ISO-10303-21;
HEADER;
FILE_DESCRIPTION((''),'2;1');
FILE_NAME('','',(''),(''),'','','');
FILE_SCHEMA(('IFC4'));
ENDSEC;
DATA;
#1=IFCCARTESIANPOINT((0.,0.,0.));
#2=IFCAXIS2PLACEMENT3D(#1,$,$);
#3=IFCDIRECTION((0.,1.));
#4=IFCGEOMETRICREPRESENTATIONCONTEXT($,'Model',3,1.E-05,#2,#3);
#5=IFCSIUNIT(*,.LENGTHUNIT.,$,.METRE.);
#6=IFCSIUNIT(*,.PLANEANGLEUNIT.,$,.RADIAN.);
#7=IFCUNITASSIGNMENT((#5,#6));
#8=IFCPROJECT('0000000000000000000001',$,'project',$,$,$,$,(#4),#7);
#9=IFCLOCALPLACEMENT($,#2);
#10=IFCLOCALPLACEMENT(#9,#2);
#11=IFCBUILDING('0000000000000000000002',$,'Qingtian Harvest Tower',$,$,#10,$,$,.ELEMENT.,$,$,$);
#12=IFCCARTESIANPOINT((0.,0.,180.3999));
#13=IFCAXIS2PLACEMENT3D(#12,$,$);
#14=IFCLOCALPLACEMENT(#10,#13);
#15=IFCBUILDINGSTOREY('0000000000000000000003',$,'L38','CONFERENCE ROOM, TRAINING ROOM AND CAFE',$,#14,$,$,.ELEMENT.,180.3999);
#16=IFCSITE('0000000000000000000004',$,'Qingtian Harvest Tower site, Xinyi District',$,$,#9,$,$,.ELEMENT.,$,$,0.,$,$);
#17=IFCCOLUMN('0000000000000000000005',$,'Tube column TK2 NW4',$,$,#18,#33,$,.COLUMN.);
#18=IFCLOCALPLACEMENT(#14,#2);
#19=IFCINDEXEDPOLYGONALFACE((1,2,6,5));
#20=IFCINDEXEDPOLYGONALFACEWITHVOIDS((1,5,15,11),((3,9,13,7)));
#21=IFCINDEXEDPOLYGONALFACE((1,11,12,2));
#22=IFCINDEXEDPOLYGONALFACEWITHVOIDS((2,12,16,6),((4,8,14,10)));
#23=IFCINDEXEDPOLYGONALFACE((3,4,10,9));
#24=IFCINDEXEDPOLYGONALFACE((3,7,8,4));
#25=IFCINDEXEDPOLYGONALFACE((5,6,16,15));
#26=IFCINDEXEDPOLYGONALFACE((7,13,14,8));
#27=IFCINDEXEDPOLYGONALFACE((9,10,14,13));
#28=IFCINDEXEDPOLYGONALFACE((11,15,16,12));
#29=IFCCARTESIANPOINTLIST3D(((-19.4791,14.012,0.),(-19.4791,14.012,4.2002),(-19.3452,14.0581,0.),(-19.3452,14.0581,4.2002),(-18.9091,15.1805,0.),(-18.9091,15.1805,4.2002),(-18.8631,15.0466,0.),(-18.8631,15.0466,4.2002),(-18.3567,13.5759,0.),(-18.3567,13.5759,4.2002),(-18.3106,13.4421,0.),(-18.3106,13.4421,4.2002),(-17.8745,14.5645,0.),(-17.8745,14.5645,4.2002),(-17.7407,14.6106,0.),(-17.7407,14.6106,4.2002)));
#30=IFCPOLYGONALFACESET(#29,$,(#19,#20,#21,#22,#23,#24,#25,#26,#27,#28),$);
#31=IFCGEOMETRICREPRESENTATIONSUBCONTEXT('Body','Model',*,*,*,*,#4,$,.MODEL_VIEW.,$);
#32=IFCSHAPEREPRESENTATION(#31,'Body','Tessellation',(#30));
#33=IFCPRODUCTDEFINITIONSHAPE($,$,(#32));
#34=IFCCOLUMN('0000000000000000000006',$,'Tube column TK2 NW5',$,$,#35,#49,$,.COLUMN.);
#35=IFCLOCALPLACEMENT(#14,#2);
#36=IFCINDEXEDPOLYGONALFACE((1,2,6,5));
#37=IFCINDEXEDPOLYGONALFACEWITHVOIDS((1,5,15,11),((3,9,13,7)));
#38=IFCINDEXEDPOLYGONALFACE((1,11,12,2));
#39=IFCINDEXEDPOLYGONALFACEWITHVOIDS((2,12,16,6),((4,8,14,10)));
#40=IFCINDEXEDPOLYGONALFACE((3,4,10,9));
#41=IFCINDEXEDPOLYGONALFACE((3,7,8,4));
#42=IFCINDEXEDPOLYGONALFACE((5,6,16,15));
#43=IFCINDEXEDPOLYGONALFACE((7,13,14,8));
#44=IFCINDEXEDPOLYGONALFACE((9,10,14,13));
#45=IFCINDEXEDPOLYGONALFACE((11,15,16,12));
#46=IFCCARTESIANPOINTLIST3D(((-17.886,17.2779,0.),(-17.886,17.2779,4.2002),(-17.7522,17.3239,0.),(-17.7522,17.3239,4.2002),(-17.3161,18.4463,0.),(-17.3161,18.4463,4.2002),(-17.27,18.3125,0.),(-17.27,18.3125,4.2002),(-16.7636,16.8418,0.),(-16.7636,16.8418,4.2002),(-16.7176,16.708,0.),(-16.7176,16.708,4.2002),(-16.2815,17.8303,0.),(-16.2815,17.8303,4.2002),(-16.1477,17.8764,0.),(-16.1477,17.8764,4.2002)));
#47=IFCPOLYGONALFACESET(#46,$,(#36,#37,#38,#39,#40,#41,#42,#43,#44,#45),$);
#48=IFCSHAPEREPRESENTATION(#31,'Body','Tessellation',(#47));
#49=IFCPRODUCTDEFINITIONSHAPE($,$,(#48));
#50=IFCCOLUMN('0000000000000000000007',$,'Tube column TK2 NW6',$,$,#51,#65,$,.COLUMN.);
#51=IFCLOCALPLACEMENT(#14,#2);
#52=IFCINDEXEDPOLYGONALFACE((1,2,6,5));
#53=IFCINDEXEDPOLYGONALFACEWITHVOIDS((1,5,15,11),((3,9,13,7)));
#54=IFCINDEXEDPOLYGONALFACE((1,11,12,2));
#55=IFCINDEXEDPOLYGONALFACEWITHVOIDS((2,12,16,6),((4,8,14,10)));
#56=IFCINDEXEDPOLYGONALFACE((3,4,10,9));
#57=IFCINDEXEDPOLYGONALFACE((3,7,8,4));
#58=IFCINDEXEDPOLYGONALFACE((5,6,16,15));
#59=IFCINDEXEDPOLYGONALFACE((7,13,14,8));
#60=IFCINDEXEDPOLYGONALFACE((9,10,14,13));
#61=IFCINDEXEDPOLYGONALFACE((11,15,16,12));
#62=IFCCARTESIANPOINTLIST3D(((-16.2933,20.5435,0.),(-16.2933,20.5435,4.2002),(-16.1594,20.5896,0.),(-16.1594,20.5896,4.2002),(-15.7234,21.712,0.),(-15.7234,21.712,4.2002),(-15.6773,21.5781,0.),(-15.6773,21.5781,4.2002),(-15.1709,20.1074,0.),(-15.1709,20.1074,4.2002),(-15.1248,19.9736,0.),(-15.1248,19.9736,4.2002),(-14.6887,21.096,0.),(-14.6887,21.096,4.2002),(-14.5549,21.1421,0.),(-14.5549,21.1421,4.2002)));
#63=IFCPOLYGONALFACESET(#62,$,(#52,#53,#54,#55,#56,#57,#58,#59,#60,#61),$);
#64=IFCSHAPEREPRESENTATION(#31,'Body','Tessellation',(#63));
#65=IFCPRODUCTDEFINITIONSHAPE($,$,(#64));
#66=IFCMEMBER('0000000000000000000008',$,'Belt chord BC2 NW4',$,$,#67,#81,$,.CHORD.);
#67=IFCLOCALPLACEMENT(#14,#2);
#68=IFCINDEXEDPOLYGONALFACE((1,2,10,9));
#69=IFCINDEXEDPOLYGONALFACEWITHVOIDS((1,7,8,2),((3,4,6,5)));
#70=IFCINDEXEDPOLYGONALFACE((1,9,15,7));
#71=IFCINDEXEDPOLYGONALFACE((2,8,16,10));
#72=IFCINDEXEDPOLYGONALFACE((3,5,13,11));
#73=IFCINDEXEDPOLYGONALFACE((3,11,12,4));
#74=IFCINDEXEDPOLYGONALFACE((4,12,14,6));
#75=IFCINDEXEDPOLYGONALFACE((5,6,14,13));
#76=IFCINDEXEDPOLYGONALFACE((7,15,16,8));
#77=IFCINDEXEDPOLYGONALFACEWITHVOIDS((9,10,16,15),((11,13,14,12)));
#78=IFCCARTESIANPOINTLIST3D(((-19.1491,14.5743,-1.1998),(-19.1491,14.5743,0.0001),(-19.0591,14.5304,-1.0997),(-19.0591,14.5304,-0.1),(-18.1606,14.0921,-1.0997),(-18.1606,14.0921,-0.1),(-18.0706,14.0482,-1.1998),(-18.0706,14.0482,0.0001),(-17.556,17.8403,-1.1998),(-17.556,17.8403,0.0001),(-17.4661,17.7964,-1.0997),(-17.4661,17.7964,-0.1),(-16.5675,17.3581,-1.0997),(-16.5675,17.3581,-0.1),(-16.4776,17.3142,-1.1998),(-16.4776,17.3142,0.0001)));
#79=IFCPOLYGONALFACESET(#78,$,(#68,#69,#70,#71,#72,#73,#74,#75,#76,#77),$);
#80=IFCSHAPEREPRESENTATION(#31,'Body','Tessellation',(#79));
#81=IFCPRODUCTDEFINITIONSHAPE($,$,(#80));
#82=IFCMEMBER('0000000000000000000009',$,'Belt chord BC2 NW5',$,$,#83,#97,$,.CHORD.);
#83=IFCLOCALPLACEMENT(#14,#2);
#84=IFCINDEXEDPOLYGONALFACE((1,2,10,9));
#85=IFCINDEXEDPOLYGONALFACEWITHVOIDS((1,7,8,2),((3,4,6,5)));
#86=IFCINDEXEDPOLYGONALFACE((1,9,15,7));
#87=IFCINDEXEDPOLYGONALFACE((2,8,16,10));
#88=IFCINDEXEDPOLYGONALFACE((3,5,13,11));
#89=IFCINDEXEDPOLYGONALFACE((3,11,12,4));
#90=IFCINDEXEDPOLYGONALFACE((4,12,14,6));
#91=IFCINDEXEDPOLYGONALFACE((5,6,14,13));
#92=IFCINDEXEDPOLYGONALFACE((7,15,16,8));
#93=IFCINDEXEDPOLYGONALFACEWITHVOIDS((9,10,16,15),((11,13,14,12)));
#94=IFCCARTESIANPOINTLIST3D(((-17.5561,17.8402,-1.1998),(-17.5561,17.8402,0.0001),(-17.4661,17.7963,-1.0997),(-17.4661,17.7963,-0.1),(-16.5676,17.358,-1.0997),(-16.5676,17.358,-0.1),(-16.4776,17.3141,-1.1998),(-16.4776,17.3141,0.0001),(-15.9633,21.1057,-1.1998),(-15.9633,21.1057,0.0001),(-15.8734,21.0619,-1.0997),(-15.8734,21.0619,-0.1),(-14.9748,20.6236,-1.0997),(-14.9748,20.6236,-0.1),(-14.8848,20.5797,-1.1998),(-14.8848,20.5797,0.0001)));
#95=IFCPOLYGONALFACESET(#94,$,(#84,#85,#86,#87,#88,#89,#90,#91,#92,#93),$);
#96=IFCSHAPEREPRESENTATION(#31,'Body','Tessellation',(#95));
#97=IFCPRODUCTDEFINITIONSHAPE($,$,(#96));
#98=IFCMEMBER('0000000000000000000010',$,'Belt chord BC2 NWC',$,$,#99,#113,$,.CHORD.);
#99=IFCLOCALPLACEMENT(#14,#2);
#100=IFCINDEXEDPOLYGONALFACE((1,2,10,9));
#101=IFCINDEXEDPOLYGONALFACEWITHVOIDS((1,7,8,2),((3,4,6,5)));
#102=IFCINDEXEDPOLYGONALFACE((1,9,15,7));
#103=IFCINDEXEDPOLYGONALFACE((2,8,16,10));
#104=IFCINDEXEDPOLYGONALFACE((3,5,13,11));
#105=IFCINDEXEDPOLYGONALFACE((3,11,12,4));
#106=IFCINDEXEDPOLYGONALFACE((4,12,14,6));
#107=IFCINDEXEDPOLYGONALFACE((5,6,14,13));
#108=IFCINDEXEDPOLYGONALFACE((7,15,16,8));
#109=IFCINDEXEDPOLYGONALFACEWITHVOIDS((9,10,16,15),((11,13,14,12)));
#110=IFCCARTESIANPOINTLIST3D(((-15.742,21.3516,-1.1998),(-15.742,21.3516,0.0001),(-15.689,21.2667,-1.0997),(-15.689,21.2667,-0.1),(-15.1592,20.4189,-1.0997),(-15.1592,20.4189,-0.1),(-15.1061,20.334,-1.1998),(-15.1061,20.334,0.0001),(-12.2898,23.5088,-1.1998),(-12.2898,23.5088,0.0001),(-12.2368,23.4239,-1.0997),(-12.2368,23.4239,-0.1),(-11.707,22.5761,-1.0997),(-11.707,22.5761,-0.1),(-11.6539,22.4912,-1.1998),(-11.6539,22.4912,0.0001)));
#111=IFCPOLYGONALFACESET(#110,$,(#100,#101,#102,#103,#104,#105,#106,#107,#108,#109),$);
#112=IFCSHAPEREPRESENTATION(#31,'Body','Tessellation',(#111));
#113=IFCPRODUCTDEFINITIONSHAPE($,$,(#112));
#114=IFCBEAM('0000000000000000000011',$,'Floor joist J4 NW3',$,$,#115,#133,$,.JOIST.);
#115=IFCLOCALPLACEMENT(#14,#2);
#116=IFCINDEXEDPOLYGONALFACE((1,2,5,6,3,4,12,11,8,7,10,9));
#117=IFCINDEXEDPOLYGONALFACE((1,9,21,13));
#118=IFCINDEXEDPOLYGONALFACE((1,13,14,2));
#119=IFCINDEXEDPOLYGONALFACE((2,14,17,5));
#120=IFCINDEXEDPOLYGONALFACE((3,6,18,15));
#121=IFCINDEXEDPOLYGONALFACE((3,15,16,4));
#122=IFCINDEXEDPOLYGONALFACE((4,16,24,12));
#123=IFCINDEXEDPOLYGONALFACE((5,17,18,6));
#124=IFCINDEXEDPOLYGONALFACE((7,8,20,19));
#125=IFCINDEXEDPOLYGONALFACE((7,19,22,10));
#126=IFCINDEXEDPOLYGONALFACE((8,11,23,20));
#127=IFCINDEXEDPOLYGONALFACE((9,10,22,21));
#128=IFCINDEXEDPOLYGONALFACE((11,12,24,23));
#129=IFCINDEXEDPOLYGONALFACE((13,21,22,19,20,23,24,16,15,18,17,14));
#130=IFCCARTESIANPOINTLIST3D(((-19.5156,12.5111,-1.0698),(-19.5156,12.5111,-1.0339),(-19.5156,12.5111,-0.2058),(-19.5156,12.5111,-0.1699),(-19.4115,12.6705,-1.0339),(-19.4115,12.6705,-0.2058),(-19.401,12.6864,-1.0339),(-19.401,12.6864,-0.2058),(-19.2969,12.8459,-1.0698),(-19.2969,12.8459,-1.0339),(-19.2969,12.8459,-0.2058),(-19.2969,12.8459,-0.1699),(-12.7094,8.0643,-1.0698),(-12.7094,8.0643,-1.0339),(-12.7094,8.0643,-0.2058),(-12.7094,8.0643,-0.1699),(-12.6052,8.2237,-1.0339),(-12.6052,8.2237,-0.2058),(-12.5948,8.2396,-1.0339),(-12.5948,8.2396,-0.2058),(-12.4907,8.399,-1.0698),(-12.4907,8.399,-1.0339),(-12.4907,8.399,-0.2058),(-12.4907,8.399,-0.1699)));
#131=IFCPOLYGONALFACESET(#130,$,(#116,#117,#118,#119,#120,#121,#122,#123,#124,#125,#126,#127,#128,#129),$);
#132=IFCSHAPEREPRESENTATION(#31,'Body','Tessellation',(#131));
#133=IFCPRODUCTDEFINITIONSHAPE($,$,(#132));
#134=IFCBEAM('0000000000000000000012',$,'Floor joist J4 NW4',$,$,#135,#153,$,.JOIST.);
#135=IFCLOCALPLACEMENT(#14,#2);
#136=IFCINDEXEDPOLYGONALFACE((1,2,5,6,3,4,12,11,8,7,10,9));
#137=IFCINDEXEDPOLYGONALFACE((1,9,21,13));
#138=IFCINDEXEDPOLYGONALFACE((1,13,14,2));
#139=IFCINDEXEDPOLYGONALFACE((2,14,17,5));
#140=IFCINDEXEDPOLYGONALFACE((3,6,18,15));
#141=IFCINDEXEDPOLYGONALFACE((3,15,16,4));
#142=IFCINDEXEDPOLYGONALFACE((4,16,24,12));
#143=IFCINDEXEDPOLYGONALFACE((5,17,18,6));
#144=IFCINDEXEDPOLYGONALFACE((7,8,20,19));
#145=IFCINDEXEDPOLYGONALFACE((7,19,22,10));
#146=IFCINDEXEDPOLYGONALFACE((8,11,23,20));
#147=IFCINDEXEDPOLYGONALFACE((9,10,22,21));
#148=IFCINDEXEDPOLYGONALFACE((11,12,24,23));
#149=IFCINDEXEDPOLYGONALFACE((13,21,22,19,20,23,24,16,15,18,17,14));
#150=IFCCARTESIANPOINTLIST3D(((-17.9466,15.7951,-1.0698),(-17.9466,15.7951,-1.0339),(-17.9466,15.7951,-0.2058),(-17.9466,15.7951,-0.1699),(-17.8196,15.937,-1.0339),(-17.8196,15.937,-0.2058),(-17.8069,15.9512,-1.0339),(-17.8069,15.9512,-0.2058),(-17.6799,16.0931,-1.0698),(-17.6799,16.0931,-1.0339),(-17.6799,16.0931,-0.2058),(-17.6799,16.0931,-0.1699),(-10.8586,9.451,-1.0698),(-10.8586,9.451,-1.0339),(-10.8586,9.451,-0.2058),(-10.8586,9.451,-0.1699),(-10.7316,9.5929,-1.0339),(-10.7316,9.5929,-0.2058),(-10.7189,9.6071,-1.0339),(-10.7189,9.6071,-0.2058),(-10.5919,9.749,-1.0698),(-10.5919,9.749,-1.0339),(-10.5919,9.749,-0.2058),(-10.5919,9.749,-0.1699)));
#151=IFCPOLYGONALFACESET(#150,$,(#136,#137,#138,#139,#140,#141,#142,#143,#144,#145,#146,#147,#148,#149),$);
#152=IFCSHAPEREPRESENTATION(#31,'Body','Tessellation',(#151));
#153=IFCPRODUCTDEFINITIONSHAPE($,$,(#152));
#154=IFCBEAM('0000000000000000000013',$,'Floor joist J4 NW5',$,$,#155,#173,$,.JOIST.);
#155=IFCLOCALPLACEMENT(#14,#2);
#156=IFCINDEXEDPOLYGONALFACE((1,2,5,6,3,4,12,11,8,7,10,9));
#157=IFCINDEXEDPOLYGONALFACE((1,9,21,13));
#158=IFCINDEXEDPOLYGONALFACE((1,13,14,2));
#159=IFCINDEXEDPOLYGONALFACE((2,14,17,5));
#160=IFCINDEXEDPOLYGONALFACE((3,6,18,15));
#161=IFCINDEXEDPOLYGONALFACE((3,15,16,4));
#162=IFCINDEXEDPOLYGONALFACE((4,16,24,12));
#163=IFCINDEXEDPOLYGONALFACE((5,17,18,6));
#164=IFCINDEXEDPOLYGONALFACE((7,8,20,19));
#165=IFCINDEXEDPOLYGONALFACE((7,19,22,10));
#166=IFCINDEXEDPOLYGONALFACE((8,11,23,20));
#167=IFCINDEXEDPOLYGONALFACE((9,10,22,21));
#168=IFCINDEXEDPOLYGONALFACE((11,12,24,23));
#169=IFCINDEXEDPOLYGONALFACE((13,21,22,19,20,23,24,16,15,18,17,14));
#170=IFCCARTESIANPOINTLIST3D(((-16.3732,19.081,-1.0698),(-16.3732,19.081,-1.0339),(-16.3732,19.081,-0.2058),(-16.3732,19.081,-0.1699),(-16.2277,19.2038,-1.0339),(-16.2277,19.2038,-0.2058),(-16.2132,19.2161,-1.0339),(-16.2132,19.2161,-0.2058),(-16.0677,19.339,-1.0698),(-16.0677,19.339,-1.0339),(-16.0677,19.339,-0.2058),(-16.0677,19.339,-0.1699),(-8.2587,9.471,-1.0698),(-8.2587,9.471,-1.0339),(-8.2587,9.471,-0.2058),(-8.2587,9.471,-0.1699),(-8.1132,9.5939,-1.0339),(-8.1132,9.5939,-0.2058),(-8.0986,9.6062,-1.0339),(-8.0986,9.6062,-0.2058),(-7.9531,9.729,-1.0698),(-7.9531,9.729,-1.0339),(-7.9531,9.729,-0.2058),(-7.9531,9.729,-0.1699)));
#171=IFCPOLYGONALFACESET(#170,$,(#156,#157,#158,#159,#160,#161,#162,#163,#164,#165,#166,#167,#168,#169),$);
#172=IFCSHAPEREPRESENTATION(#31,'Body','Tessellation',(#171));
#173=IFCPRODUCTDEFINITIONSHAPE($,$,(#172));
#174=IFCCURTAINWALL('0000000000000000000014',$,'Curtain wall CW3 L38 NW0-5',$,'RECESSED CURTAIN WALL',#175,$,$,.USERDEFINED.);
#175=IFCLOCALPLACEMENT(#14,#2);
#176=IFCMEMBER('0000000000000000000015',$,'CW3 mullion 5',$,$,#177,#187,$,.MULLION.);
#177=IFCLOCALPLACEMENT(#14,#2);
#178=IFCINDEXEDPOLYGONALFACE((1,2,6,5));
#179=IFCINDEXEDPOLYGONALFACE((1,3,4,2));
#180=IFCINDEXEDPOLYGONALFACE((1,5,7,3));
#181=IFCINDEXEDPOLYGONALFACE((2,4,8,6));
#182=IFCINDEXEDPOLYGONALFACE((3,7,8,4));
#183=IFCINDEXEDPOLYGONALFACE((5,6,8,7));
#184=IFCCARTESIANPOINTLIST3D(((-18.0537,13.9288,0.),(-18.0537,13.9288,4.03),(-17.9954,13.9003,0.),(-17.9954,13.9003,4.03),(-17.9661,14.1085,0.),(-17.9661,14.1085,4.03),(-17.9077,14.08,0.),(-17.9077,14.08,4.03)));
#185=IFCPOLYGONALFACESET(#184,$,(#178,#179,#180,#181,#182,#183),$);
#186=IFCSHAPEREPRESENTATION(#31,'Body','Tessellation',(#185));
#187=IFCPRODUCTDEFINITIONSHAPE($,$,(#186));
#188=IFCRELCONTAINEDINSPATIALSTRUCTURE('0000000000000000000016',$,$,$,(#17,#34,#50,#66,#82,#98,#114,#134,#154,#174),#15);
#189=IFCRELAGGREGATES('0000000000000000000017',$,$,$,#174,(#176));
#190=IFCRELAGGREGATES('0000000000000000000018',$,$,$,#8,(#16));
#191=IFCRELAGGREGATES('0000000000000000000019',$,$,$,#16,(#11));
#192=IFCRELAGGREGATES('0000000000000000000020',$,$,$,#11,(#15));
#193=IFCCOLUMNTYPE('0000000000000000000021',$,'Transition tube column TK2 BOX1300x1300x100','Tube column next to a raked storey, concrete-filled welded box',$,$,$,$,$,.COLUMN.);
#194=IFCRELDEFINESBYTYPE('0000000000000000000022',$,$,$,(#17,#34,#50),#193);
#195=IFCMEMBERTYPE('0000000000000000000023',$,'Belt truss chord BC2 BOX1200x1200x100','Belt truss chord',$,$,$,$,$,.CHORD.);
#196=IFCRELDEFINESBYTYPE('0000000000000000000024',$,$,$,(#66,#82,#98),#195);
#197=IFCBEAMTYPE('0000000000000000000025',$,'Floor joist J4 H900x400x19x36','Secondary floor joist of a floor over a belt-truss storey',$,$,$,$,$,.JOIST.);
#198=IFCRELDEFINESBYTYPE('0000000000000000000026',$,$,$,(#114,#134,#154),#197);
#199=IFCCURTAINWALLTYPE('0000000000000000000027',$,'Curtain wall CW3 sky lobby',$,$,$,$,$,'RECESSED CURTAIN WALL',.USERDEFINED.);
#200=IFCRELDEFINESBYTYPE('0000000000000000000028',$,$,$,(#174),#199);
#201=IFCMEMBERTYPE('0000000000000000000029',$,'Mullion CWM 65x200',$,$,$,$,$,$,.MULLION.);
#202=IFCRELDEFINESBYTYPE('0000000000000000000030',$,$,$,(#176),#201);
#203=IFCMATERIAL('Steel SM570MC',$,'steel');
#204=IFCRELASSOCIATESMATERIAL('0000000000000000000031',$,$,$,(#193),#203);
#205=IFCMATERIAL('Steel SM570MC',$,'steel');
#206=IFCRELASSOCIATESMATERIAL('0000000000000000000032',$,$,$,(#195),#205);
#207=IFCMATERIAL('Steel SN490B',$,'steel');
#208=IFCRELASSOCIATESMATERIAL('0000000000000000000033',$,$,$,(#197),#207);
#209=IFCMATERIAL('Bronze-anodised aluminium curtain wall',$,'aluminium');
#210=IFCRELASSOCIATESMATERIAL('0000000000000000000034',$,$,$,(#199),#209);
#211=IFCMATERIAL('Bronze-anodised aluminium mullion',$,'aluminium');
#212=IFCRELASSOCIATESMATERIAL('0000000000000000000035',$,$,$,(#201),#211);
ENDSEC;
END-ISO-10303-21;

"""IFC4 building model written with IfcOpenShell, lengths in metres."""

from ifc_helpers import new_model, si_unit, direction, frame, origin, origin_2d, place, context, subcontext, project, spatial, rectangle, hollow_rectangle, i_section, extrude, material, material_profile, profile_set, type_object, element, aggregate, save


model = new_model("IFC4")

# Units and contexts
model_context = context("Model", 3, precision=1e-05, world=origin(), true_north=direction((0.0, 1.0)))
body_context = subcontext(model_context, "Body", "Model", "MODEL_VIEW")
ifc_project = project(units=[si_unit("LENGTHUNIT", "METRE"), si_unit("PLANEANGLEUNIT", "RADIAN")], contexts=[model_context])

# Site, building, storey
site_placement = place(None, origin())
site = spatial("IfcSite", under=ifc_project, at=site_placement, Name="Qingtian Harvest Tower site, Xinyi District", CompositionType="ELEMENT", RefElevation=0.0)
building_placement = place(site_placement, origin())
building = spatial("IfcBuilding", under=site, at=building_placement, Name="Qingtian Harvest Tower", CompositionType="ELEMENT")
storey_placement = place(building_placement, frame((0.0, 0.0, 180.3999)))
storey = spatial("IfcBuildingStorey", under=building, at=storey_placement, Name="L38", Description="CONFERENCE ROOM, TRAINING ROOM AND CAFE", CompositionType="ELEMENT", Elevation=180.3999)

# Columns
ifc_material_1 = material(Name="Steel SM570MC", Category="steel")
ifc_material_profile_1 = material_profile(ifc_material_1, hollow_rectangle(XDim=1.3, YDim=1.3, WallThickness=0.1001, at=origin_2d()), Name="BOX1300x1300x100")
ifc_profile_set_1 = profile_set([ifc_material_profile_1], Name="Steel SM570MC")
column_type = type_object("IfcColumnType", Name="Transition tube column TK2 BOX1300x1300x100", Description="Tube column next to a raked storey, concrete-filled welded box", PredefinedType="COLUMN", material=ifc_profile_set_1)
for number, where, z_axis, x_axis, name in (
    (1, (-18.6099, 14.3113, 0.0), (0.0, 0.0, 1.0), (-0.438371, -0.898794, 0.0), "Tube column TK2 NW4"),
    (2, (-17.0168, 17.5771, 0.0), (0.0, 0.0, 1.0), (-0.438371, -0.898794, 0.0), "Tube column TK2 NW5"),
    (3, (-15.4241, 20.8428, 0.0), (0.0, 0.0, 1.0), (-0.438371, -0.898794, 0.0), "Tube column TK2 NW6"),
):
    element("IfcColumn", number, at=place(storey_placement, frame(where, z_axis=z_axis, x_axis=x_axis)), inside=storey, type_object=column_type, Name=name, PredefinedType="COLUMN", context=body_context, shape_type="SweptSolid", body=[
        extrude(hollow_rectangle(XDim=1.3, YDim=1.3, WallThickness=0.1001, at=origin_2d()), origin(), (0.0, 0.0, 1.0), 4.2002),
    ])

# Members
ifc_material_2 = material(Name="Steel SM570MC", Category="steel")
ifc_material_profile_2 = material_profile(ifc_material_2, hollow_rectangle(XDim=1.2, YDim=1.2, WallThickness=0.1001, at=origin_2d()), Name="BOX1200x1200x100")
ifc_profile_set_2 = profile_set([ifc_material_profile_2], Name="Steel SM570MC")
member_type_1 = type_object("IfcMemberType", Name="Belt truss chord BC2 BOX1200x1200x100", Description="Belt truss chord", PredefinedType="CHORD", material=ifc_profile_set_2)
member_1_placement = place(storey_placement, frame((-18.6099, 14.3113, -0.5999), z_axis=(0.438404, 0.898778, 0.0), x_axis=(-0.898778, 0.438404, 0.0)))
element("IfcMember", 4, at=member_1_placement, inside=storey, type_object=member_type_1, Name="Belt chord BC2 NW4", PredefinedType="CHORD", context=body_context, shape_type="SweptSolid", body=[
    extrude(hollow_rectangle(XDim=1.2, YDim=1.2, WallThickness=0.1001, at=origin_2d()), origin(), (0.0, 0.0, 1.0), 3.6338),
])
member_2_placement = place(storey_placement, frame((-17.0168, 17.5771, -0.5999), z_axis=(0.438376, 0.898792, 0.0), x_axis=(-0.898792, 0.438376, 0.0)))
element("IfcMember", 5, at=member_2_placement, inside=storey, type_object=member_type_1, Name="Belt chord BC2 NW5", PredefinedType="CHORD", context=body_context, shape_type="SweptSolid", body=[
    extrude(hollow_rectangle(XDim=1.2, YDim=1.2, WallThickness=0.1001, at=origin_2d()), origin(), (0.0, 0.0, 1.0), 3.6333),
])
member_3_placement = place(storey_placement, frame((-15.4241, 20.8428, -0.5999), z_axis=(0.848039, 0.529934, 0.0), x_axis=(-0.529934, 0.848039, 0.0)))
element("IfcMember", 6, at=member_3_placement, inside=storey, type_object=member_type_1, Name="Belt chord BC2 NWC", PredefinedType="CHORD", context=body_context, shape_type="SweptSolid", body=[
    extrude(hollow_rectangle(XDim=1.2, YDim=1.2, WallThickness=0.1001, at=origin_2d()), origin(), (0.0, 0.0, 1.0), 4.0708),
])

# Beams
ifc_material_3 = material(Name="Steel SN490B", Category="steel")
ifc_material_profile_3 = material_profile(ifc_material_3, i_section(OverallWidth=0.3999, OverallDepth=0.8999, WebThickness=0.019, FlangeThickness=0.0359, at=origin_2d()), Name="H900x400x19x36")
ifc_profile_set_3 = profile_set([ifc_material_profile_3], Name="Steel SN490B")
beam_type_1 = type_object("IfcBeamType", Name="Floor joist J4 H900x400x19x36", Description="Secondary floor joist of a floor over a belt-truss storey", PredefinedType="JOIST", material=ifc_profile_set_3)
beam_1_placement = place(storey_placement, frame((-19.4062, 12.6785, -0.6199), z_axis=(0.837161, -0.546956, 0.0), x_axis=(0.546956, 0.837161, 0.0)))
element("IfcBeam", 7, at=beam_1_placement, inside=storey, type_object=beam_type_1, Name="Floor joist J4 NW3", PredefinedType="JOIST", context=body_context, shape_type="SweptSolid", body=[
    extrude(i_section(OverallWidth=0.3999, OverallDepth=0.8999, WebThickness=0.019, FlangeThickness=0.0359, at=origin_2d()), origin(), (0.0, 0.0, 1.0), 8.1301),
])
beam_2_placement = place(storey_placement, frame((-17.8132, 15.9441, -0.6199), z_axis=(0.745127, -0.666923, 0.0), x_axis=(0.666923, 0.745127, 0.0)))
element("IfcBeam", 8, at=beam_2_placement, inside=storey, type_object=beam_type_1, Name="Floor joist J4 NW4", PredefinedType="JOIST", context=body_context, shape_type="SweptSolid", body=[
    extrude(i_section(OverallWidth=0.3999, OverallDepth=0.8999, WebThickness=0.019, FlangeThickness=0.0359, at=origin_2d()), origin(), (0.0, 0.0, 1.0), 9.5125),
])
beam_3_placement = place(storey_placement, frame((-16.2205, 19.21, -0.6199), z_axis=(0.645158, -0.764049, 0.0), x_axis=(0.764049, 0.645158, 0.0)))
element("IfcBeam", 9, at=beam_3_placement, inside=storey, type_object=beam_type_1, Name="Floor joist J4 NW5", PredefinedType="JOIST", context=body_context, shape_type="SweptSolid", body=[
    extrude(i_section(OverallWidth=0.3999, OverallDepth=0.8999, WebThickness=0.019, FlangeThickness=0.0359, at=origin_2d()), origin(), (0.0, 0.0, 1.0), 12.5776),
])

# Curtain wall, member
ifc_material_4 = material(Name="Bronze-anodised aluminium curtain wall", Category="aluminium")
curtain_wall_type = type_object("IfcCurtainWallType", Name="Curtain wall CW3 sky lobby", ElementType="RECESSED CURTAIN WALL", PredefinedType="USERDEFINED", material=ifc_material_4)
curtain_wall_1_placement = place(storey_placement, origin())
curtain_wall_1 = element("IfcCurtainWall", 10, at=curtain_wall_1_placement, inside=storey, type_object=curtain_wall_type, Name="Curtain wall CW3 L38 NW0-5", ObjectType="RECESSED CURTAIN WALL", PredefinedType="USERDEFINED")
ifc_material_5 = material(Name="Bronze-anodised aluminium mullion", Category="aluminium")
ifc_material_profile_4 = material_profile(ifc_material_5, rectangle(XDim=0.0649, YDim=0.2, at=origin_2d()), Name="AL 65x200")
ifc_profile_set_4 = profile_set([ifc_material_profile_4], Name="Bronze-anodised aluminium mullion")
member_type_2 = type_object("IfcMemberType", Name="Mullion CWM 65x200", PredefinedType="MULLION", material=ifc_profile_set_4)
member_4_placement = place(storey_placement, frame((-17.9807, 14.0044, 0.0), z_axis=(0.0, 0.0, 1.0), x_axis=(-0.898794, 0.438371, 0.0)))
member_4 = element("IfcMember", 11, at=member_4_placement, type_object=member_type_2, Name="CW3 mullion 5", PredefinedType="MULLION", context=body_context, shape_type="SweptSolid", body=[
    extrude(rectangle(XDim=0.0649, YDim=0.2, at=origin_2d()), origin(), (0.0, 0.0, 1.0), 4.03),
])

aggregate(curtain_wall_1, [member_4])

save(model, "model.ifc")
